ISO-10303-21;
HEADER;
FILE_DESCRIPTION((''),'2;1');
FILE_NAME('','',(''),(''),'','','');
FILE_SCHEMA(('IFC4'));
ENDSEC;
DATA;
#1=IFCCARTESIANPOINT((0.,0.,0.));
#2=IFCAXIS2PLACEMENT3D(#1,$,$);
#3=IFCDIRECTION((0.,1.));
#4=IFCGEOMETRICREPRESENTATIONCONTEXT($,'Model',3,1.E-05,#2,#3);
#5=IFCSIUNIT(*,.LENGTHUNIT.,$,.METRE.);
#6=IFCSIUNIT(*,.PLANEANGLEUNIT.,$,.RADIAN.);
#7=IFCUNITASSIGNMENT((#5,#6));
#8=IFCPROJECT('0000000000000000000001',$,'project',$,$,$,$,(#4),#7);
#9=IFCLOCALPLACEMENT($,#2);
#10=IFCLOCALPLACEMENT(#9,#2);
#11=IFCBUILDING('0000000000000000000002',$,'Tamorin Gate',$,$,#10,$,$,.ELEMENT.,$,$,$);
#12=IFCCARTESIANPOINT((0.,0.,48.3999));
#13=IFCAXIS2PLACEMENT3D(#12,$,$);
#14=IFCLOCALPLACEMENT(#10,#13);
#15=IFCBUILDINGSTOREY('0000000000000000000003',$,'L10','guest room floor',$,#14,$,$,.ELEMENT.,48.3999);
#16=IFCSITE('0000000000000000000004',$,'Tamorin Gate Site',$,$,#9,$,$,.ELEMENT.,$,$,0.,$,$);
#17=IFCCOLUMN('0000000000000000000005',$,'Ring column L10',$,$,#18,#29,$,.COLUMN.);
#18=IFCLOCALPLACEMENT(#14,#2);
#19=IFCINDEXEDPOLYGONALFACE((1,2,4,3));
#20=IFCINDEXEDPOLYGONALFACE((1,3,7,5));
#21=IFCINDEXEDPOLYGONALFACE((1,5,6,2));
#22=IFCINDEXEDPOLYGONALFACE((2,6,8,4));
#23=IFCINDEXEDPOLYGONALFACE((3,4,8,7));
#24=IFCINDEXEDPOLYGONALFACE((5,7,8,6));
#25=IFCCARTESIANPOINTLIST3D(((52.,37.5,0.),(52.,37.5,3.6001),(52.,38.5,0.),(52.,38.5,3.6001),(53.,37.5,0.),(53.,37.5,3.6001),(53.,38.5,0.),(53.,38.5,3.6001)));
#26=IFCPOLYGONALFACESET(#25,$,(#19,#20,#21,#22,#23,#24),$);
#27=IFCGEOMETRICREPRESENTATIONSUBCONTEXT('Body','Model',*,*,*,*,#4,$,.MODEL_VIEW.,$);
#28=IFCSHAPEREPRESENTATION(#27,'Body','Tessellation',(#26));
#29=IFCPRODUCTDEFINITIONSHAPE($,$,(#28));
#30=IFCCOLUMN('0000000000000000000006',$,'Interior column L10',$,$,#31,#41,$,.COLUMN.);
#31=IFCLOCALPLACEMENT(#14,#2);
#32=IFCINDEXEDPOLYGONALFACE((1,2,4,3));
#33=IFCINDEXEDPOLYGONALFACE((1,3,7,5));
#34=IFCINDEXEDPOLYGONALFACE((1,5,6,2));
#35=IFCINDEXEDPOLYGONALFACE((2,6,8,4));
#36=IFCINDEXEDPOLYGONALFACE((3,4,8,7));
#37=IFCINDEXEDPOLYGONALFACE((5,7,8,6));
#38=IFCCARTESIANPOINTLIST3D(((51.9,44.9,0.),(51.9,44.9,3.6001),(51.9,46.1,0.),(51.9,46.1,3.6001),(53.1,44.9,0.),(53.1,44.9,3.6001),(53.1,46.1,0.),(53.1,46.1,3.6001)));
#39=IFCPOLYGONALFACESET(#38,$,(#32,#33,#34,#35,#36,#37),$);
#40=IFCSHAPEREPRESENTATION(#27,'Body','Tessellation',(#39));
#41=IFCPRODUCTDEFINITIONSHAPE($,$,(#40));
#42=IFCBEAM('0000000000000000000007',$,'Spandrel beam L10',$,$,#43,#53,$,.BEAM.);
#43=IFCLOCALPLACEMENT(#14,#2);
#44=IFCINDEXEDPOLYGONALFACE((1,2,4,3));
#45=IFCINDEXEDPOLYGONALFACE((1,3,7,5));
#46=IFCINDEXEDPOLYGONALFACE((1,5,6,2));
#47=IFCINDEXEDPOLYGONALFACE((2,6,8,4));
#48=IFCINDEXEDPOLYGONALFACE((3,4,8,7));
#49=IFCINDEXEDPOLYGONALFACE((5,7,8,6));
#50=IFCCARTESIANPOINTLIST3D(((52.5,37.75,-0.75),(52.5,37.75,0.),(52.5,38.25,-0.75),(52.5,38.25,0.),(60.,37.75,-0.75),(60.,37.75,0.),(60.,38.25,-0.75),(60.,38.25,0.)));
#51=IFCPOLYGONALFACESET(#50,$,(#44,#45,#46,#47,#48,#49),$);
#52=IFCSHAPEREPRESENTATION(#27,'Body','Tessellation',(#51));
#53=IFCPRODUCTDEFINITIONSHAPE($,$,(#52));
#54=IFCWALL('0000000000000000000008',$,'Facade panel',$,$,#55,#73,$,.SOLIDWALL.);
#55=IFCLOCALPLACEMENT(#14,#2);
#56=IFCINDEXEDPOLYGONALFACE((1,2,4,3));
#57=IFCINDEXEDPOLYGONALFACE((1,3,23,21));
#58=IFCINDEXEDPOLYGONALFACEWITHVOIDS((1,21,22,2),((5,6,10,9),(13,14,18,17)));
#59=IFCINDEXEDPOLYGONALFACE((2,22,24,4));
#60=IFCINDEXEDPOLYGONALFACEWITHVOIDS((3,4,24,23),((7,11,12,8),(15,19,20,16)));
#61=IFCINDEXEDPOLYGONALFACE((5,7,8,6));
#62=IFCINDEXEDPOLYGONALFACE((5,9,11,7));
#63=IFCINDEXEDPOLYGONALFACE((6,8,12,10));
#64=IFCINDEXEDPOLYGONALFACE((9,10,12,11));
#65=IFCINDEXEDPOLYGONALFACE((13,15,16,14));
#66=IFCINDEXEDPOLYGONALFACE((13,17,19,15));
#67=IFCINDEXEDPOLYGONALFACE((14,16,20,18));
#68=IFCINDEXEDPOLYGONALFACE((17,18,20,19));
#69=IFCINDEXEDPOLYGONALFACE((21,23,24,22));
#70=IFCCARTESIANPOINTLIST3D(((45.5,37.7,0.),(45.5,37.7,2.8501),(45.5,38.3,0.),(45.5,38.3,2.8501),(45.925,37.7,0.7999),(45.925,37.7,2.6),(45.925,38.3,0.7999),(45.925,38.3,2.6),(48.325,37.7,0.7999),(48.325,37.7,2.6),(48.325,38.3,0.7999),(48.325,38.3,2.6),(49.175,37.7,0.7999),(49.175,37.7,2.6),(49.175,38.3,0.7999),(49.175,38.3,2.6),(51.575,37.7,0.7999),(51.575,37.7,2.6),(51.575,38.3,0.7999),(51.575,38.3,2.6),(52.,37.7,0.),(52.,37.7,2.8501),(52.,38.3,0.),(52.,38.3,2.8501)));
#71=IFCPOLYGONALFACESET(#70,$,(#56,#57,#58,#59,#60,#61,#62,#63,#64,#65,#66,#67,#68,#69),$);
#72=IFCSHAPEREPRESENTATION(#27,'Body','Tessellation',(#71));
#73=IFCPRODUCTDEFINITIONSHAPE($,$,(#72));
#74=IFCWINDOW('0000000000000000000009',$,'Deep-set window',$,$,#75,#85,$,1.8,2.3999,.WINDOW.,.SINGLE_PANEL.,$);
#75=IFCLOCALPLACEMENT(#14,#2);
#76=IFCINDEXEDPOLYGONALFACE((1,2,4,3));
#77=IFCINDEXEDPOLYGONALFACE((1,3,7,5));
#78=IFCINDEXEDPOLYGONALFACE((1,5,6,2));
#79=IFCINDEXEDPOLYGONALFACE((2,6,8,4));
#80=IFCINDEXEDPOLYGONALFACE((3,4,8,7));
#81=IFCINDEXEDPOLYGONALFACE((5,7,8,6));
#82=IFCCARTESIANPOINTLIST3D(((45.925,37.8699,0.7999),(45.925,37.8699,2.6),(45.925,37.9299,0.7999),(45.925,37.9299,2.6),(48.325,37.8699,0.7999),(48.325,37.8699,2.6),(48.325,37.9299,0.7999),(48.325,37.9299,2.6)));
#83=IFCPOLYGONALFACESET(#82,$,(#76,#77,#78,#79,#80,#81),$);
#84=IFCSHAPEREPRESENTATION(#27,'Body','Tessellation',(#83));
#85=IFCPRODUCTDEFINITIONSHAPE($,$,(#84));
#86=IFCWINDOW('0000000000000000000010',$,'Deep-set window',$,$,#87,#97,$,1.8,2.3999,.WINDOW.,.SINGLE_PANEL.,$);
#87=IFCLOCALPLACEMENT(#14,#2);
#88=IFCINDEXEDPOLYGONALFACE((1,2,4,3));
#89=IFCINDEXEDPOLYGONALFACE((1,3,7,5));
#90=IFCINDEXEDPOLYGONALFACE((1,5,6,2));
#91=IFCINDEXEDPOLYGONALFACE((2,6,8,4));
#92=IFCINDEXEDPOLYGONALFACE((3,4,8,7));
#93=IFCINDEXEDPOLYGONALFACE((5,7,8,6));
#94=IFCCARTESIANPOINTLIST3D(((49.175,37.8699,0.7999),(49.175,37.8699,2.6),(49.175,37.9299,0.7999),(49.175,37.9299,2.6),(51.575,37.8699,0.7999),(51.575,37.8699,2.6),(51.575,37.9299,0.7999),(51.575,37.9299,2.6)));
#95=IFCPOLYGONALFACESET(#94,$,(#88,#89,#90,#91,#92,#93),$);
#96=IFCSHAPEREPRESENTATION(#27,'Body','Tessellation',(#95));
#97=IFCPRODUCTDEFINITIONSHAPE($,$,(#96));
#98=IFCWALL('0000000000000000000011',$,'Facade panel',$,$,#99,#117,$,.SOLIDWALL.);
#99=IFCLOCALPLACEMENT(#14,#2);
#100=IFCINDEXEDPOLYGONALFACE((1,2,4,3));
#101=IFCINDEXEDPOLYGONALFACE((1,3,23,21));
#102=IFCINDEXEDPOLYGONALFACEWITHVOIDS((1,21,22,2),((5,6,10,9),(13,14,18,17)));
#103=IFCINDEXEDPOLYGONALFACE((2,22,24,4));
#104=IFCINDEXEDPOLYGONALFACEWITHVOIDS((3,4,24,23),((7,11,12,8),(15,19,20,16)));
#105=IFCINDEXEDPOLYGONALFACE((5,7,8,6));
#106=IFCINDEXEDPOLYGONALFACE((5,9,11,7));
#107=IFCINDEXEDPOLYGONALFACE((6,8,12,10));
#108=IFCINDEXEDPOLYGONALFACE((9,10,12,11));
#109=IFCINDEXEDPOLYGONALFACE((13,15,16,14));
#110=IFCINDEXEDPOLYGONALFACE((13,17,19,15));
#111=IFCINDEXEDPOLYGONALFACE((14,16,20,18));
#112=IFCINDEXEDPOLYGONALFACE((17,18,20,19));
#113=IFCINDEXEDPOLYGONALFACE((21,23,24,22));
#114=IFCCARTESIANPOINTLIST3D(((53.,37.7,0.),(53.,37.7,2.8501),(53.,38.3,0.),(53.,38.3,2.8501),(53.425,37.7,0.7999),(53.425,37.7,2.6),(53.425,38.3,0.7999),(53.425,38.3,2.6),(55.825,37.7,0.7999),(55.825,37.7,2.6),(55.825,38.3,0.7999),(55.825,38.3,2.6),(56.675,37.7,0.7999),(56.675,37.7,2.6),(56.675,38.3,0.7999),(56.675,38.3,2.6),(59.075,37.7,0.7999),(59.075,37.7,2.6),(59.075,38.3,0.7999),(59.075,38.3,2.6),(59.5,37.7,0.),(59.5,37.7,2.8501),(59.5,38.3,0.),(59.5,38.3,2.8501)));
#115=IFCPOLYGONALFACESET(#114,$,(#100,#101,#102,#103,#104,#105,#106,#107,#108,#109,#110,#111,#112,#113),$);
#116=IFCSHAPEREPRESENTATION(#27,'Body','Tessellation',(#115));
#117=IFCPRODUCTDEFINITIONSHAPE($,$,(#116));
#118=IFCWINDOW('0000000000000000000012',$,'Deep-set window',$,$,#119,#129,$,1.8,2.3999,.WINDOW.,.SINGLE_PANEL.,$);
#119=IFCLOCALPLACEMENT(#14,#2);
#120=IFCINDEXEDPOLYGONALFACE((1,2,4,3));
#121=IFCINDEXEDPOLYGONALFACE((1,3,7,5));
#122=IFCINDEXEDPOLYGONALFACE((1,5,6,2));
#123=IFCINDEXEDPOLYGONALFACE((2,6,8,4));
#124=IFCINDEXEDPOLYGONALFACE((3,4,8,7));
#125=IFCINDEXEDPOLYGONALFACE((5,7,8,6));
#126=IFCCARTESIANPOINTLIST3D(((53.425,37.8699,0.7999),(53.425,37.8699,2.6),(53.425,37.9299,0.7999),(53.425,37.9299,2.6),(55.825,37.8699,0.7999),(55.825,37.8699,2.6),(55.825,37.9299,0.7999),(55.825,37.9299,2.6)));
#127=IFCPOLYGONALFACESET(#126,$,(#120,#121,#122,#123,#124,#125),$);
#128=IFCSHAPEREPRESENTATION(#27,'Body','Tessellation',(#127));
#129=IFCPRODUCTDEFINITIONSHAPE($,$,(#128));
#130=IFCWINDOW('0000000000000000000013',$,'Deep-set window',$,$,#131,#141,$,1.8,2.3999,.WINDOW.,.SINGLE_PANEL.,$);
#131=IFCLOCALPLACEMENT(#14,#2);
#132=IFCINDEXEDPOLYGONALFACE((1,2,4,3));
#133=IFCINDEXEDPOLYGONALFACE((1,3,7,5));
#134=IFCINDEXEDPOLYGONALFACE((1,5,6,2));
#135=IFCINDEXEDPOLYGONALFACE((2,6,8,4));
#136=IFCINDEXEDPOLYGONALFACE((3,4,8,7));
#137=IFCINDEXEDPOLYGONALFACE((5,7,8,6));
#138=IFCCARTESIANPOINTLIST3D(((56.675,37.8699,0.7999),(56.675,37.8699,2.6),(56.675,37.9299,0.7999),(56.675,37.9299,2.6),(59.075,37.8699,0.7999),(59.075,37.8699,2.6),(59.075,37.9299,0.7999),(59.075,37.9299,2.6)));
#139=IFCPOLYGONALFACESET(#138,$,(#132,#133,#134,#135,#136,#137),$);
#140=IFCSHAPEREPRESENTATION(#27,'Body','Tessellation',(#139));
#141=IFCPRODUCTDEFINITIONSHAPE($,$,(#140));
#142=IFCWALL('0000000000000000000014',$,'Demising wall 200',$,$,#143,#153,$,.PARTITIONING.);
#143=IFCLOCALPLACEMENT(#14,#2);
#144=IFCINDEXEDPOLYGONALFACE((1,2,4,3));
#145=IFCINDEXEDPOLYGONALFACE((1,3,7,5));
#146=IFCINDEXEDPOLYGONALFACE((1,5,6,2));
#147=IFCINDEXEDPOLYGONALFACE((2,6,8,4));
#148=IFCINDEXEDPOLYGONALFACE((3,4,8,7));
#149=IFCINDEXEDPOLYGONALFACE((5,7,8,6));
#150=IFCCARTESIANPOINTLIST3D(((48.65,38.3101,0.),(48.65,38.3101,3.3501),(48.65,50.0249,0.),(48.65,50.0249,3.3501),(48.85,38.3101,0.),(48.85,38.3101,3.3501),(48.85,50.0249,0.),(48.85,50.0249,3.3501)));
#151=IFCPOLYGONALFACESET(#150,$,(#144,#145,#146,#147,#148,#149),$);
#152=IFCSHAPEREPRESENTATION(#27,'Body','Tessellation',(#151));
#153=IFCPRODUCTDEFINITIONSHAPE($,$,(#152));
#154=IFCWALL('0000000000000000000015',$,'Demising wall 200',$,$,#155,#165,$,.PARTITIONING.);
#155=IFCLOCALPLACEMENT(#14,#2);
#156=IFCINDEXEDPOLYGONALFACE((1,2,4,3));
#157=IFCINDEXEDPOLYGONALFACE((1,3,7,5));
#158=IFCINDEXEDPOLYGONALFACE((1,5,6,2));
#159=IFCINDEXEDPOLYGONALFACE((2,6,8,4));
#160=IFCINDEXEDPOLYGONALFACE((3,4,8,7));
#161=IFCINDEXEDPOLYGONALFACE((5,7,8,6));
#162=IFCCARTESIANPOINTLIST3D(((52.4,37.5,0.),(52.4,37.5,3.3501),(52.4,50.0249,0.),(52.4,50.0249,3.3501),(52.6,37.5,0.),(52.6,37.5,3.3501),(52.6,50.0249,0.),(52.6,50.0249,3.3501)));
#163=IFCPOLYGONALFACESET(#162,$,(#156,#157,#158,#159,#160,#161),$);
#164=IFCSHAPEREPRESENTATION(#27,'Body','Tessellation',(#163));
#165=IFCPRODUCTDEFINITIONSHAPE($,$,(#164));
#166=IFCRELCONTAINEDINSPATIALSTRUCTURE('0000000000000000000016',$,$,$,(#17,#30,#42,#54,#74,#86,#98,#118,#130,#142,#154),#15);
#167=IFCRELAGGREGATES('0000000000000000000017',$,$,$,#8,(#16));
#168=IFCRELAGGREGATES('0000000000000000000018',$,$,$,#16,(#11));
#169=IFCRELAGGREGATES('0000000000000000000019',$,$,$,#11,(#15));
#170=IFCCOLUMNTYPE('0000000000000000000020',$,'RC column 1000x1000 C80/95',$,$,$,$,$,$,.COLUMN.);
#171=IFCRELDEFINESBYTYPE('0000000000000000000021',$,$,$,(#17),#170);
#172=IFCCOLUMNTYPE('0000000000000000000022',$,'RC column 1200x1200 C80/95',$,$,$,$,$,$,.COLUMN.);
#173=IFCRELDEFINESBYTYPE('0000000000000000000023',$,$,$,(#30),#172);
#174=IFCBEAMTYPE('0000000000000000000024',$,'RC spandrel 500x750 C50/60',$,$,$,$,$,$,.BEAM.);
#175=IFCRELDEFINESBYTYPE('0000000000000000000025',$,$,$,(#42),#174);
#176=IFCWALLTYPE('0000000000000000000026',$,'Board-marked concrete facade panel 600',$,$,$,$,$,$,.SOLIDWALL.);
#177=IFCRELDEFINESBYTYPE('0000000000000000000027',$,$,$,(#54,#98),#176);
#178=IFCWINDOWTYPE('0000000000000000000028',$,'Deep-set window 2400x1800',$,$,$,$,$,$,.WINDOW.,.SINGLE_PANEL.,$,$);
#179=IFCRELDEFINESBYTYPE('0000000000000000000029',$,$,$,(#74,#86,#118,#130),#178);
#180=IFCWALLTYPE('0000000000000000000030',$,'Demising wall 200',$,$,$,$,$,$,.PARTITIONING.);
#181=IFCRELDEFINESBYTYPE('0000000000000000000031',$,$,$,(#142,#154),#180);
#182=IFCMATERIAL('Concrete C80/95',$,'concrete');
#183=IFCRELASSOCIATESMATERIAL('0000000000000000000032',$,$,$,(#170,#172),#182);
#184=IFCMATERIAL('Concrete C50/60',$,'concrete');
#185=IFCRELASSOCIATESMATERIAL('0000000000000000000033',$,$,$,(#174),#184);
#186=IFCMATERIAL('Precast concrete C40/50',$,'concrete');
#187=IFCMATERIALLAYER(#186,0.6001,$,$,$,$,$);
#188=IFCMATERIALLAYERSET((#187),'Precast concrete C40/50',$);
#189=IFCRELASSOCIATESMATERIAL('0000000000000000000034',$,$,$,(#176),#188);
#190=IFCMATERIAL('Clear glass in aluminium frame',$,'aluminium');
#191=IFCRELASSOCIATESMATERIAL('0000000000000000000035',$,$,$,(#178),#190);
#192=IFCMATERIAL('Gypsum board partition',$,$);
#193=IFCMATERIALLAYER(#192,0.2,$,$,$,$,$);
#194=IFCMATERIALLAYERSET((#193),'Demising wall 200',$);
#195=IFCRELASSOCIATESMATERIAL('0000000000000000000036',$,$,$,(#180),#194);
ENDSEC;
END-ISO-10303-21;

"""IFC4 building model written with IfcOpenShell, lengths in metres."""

from ifc_helpers import new_model, si_unit, direction, frame, frame_2d, origin, origin_2d, place, context, subcontext, project, spatial, rectangle, extrude, material, layer, layer_set, material_profile, profile_set, type_object, element, fill, save


model = new_model("IFC4")

# Units and contexts
model_context = context("Model", 3, precision=1e-05, world=origin(), true_north=direction((0.0, 1.0)))
body_context = subcontext(model_context, "Body", "Model", "MODEL_VIEW")
ifc_project = project(units=[si_unit("LENGTHUNIT", "METRE"), si_unit("PLANEANGLEUNIT", "RADIAN")], contexts=[model_context])

# Site, building, storey
site_placement = place(None, origin())
site = spatial("IfcSite", under=ifc_project, at=site_placement, Name="Tamorin Gate Site", CompositionType="ELEMENT", RefElevation=0.0)
building_placement = place(site_placement, origin())
building = spatial("IfcBuilding", under=site, at=building_placement, Name="Tamorin Gate", CompositionType="ELEMENT")
storey_placement = place(building_placement, frame((0.0, 0.0, 48.3999)))
storey = spatial("IfcBuildingStorey", under=building, at=storey_placement, Name="L10", Description="guest room floor", CompositionType="ELEMENT", Elevation=48.3999)

# Columns
ifc_material_1 = material(Name="Concrete C80/95", Category="concrete")
ifc_material_profile_1 = material_profile(ifc_material_1, rectangle(XDim=1.0, YDim=1.0, at=origin_2d()), Name="RC 1000x1000")
ifc_profile_set_1 = profile_set([ifc_material_profile_1], Name="Concrete C80/95")
column_type_1 = type_object("IfcColumnType", Name="RC column 1000x1000 C80/95", PredefinedType="COLUMN", material=ifc_profile_set_1)
column_1_placement = place(storey_placement, frame((52.5, 38.0, 0.0), z_axis=(0.0, 0.0, 1.0), x_axis=(1.0, 0.0, 0.0)))
element("IfcColumn", 1, at=column_1_placement, inside=storey, type_object=column_type_1, Name="Ring column L10", PredefinedType="COLUMN", context=body_context, shape_type="SweptSolid", body=[
    extrude(rectangle(XDim=1.0, YDim=1.0, at=origin_2d()), origin(), (0.0, 0.0, 1.0), 3.6001),
])
ifc_material_profile_2 = material_profile(ifc_material_1, rectangle(XDim=1.2, YDim=1.2, at=origin_2d()), Name="RC 1200x1200")
ifc_profile_set_2 = profile_set([ifc_material_profile_2], Name="Concrete C80/95")
column_type_2 = type_object("IfcColumnType", Name="RC column 1200x1200 C80/95", PredefinedType="COLUMN", material=ifc_profile_set_2)
column_2_placement = place(storey_placement, frame((52.5, 45.5, 0.0), z_axis=(0.0, 0.0, 1.0), x_axis=(1.0, 0.0, 0.0)))
element("IfcColumn", 2, at=column_2_placement, inside=storey, type_object=column_type_2, Name="Interior column L10", PredefinedType="COLUMN", context=body_context, shape_type="SweptSolid", body=[
    extrude(rectangle(XDim=1.2, YDim=1.2, at=origin_2d()), origin(), (0.0, 0.0, 1.0), 3.6001),
])

# Beam
ifc_material_2 = material(Name="Concrete C50/60", Category="concrete")
ifc_material_profile_3 = material_profile(ifc_material_2, rectangle(XDim=0.5, YDim=0.75, at=origin_2d()), Name="RC 500x750")
ifc_profile_set_3 = profile_set([ifc_material_profile_3], Name="Concrete C50/60")
beam_type = type_object("IfcBeamType", Name="RC spandrel 500x750 C50/60", PredefinedType="BEAM", material=ifc_profile_set_3)
beam_placement = place(storey_placement, frame((52.5, 38.0, -0.375), z_axis=(1.0, 0.0, 0.0), x_axis=(0.0, 1.0, 0.0)))
element("IfcBeam", 3, at=beam_placement, inside=storey, type_object=beam_type, Name="Spandrel beam L10", PredefinedType="BEAM", context=body_context, shape_type="SweptSolid", body=[
    extrude(rectangle(XDim=0.5, YDim=0.75, at=origin_2d()), origin(), (0.0, 0.0, 1.0), 7.5),
])

# Walls, openings, windows
ifc_material_3 = material(Name="Precast concrete C40/50", Category="concrete")
ifc_layer_1 = layer(ifc_material_3, 0.6001)
ifc_layer_set_1 = layer_set([ifc_layer_1], Name="Precast concrete C40/50")
wall_type_1 = type_object("IfcWallType", Name="Board-marked concrete facade panel 600", PredefinedType="SOLIDWALL", material=ifc_layer_set_1)
wall_1_placement = place(storey_placement, frame((45.5, 38.0, 0.0), z_axis=(0.0, 0.0, 1.0), x_axis=(1.0, 0.0, 0.0)))
wall_1 = element("IfcWall", 4, at=wall_1_placement, inside=storey, type_object=wall_type_1, Name="Facade panel", PredefinedType="SOLIDWALL", context=body_context, shape_type="SweptSolid", body=[
    extrude(rectangle(XDim=6.5, YDim=0.6001, at=frame_2d((3.25, 0.0))), origin(), (0.0, 0.0, 1.0), 2.8501),
])
opening_1_placement = place(wall_1_placement, frame((0.425, 0.0, 0.8)))
opening_1 = element("IfcOpeningElement", 5, at=opening_1_placement, cuts=wall_1, PredefinedType="OPENING", context=body_context, shape_type="SweptSolid", body=[
    extrude(rectangle(XDim=2.3999, YDim=1.8, at=frame_2d((1.2, 0.8999))), frame((0.0, 0.3101, 0.0), z_axis=(0.0, -1.0, 0.0), x_axis=(1.0, 0.0, 0.0)), (0.0, 0.0, 1.0), 0.6201),
])
opening_2_placement = place(wall_1_placement, frame((3.675, 0.0, 0.8)))
opening_2 = element("IfcOpeningElement", 6, at=opening_2_placement, cuts=wall_1, PredefinedType="OPENING", context=body_context, shape_type="SweptSolid", body=[
    extrude(rectangle(XDim=2.3999, YDim=1.8, at=frame_2d((1.2, 0.8999))), frame((0.0, 0.3101, 0.0), z_axis=(0.0, -1.0, 0.0), x_axis=(1.0, 0.0, 0.0)), (0.0, 0.0, 1.0), 0.6201),
])
ifc_material_4 = material(Name="Clear glass in aluminium frame", Category="aluminium")
window_type = type_object("IfcWindowType", Name="Deep-set window 2400x1800", PartitioningType="SINGLE_PANEL", PredefinedType="WINDOW", material=ifc_material_4)
window_1_placement = place(opening_1_placement, origin())
window_1 = element("IfcWindow", 7, at=window_1_placement, inside=storey, type_object=window_type, Name="Deep-set window", OverallHeight=1.8, OverallWidth=2.3999, PartitioningType="SINGLE_PANEL", PredefinedType="WINDOW", context=body_context, shape_type="SweptSolid", body=[
    extrude(rectangle(XDim=2.3999, YDim=1.8, at=frame_2d((1.2, 0.8999))), frame((0.0, -0.0701, 0.0), z_axis=(0.0, -1.0, 0.0), x_axis=(1.0, 0.0, 0.0)), (0.0, 0.0, 1.0), 0.0601),
])
fill(opening_1, window_1)
window_2_placement = place(opening_2_placement, origin())
window_2 = element("IfcWindow", 8, at=window_2_placement, inside=storey, type_object=window_type, Name="Deep-set window", OverallHeight=1.8, OverallWidth=2.3999, PartitioningType="SINGLE_PANEL", PredefinedType="WINDOW", context=body_context, shape_type="SweptSolid", body=[
    extrude(rectangle(XDim=2.3999, YDim=1.8, at=frame_2d((1.2, 0.8999))), frame((0.0, -0.0701, 0.0), z_axis=(0.0, -1.0, 0.0), x_axis=(1.0, 0.0, 0.0)), (0.0, 0.0, 1.0), 0.0601),
])
fill(opening_2, window_2)
wall_2_placement = place(storey_placement, frame((53.0, 38.0, 0.0), z_axis=(0.0, 0.0, 1.0), x_axis=(1.0, 0.0, 0.0)))
wall_2 = element("IfcWall", 9, at=wall_2_placement, inside=storey, type_object=wall_type_1, Name="Facade panel", PredefinedType="SOLIDWALL", context=body_context, shape_type="SweptSolid", body=[
    extrude(rectangle(XDim=6.5, YDim=0.6001, at=frame_2d((3.25, 0.0))), origin(), (0.0, 0.0, 1.0), 2.8501),
])
opening_3_placement = place(wall_2_placement, frame((0.425, 0.0, 0.8)))
opening_3 = element("IfcOpeningElement", 10, at=opening_3_placement, cuts=wall_2, PredefinedType="OPENING", context=body_context, shape_type="SweptSolid", body=[
    extrude(rectangle(XDim=2.3999, YDim=1.8, at=frame_2d((1.2, 0.8999))), frame((0.0, 0.3101, 0.0), z_axis=(0.0, -1.0, 0.0), x_axis=(1.0, 0.0, 0.0)), (0.0, 0.0, 1.0), 0.6201),
])
opening_4_placement = place(wall_2_placement, frame((3.675, 0.0, 0.8)))
opening_4 = element("IfcOpeningElement", 11, at=opening_4_placement, cuts=wall_2, PredefinedType="OPENING", context=body_context, shape_type="SweptSolid", body=[
    extrude(rectangle(XDim=2.3999, YDim=1.8, at=frame_2d((1.2, 0.8999))), frame((0.0, 0.3101, 0.0), z_axis=(0.0, -1.0, 0.0), x_axis=(1.0, 0.0, 0.0)), (0.0, 0.0, 1.0), 0.6201),
])
window_3_placement = place(opening_3_placement, origin())
window_3 = element("IfcWindow", 12, at=window_3_placement, inside=storey, type_object=window_type, Name="Deep-set window", OverallHeight=1.8, OverallWidth=2.3999, PartitioningType="SINGLE_PANEL", PredefinedType="WINDOW", context=body_context, shape_type="SweptSolid", body=[
    extrude(rectangle(XDim=2.3999, YDim=1.8, at=frame_2d((1.2, 0.8999))), frame((0.0, -0.0701, 0.0), z_axis=(0.0, -1.0, 0.0), x_axis=(1.0, 0.0, 0.0)), (0.0, 0.0, 1.0), 0.0601),
])
fill(opening_3, window_3)
window_4_placement = place(opening_4_placement, origin())
window_4 = element("IfcWindow", 13, at=window_4_placement, inside=storey, type_object=window_type, Name="Deep-set window", OverallHeight=1.8, OverallWidth=2.3999, PartitioningType="SINGLE_PANEL", PredefinedType="WINDOW", context=body_context, shape_type="SweptSolid", body=[
    extrude(rectangle(XDim=2.3999, YDim=1.8, at=frame_2d((1.2, 0.8999))), frame((0.0, -0.0701, 0.0), z_axis=(0.0, -1.0, 0.0), x_axis=(1.0, 0.0, 0.0)), (0.0, 0.0, 1.0), 0.0601),
])
fill(opening_4, window_4)

# Walls
ifc_material_5 = material(Name="Gypsum board partition")
ifc_layer_2 = layer(ifc_material_5, 0.2)
ifc_layer_set_2 = layer_set([ifc_layer_2], Name="Demising wall 200")
wall_type_2 = type_object("IfcWallType", Name="Demising wall 200", PredefinedType="PARTITIONING", material=ifc_layer_set_2)
wall_3_placement = place(storey_placement, frame((48.75, 38.3101, 0.0), z_axis=(0.0, 0.0, 1.0), x_axis=(0.0, 1.0, 0.0)))
element("IfcWall", 14, at=wall_3_placement, inside=storey, type_object=wall_type_2, Name="Demising wall 200", PredefinedType="PARTITIONING", context=body_context, shape_type="SweptSolid", body=[
    extrude(rectangle(XDim=11.7148, YDim=0.2, at=frame_2d((5.8574, 0.0))), origin(), (0.0, 0.0, 1.0), 3.3501),
])
wall_4_placement = place(storey_placement, frame((52.5, 37.5, 0.0), z_axis=(0.0, 0.0, 1.0), x_axis=(0.0, 1.0, 0.0)))
element("IfcWall", 15, at=wall_4_placement, inside=storey, type_object=wall_type_2, Name="Demising wall 200", PredefinedType="PARTITIONING", context=body_context, shape_type="SweptSolid", body=[
    extrude(rectangle(XDim=12.5249, YDim=0.2, at=frame_2d((6.2625, 0.0))), origin(), (0.0, 0.0, 1.0), 3.3501),
])

save(model, "model.ifc")
